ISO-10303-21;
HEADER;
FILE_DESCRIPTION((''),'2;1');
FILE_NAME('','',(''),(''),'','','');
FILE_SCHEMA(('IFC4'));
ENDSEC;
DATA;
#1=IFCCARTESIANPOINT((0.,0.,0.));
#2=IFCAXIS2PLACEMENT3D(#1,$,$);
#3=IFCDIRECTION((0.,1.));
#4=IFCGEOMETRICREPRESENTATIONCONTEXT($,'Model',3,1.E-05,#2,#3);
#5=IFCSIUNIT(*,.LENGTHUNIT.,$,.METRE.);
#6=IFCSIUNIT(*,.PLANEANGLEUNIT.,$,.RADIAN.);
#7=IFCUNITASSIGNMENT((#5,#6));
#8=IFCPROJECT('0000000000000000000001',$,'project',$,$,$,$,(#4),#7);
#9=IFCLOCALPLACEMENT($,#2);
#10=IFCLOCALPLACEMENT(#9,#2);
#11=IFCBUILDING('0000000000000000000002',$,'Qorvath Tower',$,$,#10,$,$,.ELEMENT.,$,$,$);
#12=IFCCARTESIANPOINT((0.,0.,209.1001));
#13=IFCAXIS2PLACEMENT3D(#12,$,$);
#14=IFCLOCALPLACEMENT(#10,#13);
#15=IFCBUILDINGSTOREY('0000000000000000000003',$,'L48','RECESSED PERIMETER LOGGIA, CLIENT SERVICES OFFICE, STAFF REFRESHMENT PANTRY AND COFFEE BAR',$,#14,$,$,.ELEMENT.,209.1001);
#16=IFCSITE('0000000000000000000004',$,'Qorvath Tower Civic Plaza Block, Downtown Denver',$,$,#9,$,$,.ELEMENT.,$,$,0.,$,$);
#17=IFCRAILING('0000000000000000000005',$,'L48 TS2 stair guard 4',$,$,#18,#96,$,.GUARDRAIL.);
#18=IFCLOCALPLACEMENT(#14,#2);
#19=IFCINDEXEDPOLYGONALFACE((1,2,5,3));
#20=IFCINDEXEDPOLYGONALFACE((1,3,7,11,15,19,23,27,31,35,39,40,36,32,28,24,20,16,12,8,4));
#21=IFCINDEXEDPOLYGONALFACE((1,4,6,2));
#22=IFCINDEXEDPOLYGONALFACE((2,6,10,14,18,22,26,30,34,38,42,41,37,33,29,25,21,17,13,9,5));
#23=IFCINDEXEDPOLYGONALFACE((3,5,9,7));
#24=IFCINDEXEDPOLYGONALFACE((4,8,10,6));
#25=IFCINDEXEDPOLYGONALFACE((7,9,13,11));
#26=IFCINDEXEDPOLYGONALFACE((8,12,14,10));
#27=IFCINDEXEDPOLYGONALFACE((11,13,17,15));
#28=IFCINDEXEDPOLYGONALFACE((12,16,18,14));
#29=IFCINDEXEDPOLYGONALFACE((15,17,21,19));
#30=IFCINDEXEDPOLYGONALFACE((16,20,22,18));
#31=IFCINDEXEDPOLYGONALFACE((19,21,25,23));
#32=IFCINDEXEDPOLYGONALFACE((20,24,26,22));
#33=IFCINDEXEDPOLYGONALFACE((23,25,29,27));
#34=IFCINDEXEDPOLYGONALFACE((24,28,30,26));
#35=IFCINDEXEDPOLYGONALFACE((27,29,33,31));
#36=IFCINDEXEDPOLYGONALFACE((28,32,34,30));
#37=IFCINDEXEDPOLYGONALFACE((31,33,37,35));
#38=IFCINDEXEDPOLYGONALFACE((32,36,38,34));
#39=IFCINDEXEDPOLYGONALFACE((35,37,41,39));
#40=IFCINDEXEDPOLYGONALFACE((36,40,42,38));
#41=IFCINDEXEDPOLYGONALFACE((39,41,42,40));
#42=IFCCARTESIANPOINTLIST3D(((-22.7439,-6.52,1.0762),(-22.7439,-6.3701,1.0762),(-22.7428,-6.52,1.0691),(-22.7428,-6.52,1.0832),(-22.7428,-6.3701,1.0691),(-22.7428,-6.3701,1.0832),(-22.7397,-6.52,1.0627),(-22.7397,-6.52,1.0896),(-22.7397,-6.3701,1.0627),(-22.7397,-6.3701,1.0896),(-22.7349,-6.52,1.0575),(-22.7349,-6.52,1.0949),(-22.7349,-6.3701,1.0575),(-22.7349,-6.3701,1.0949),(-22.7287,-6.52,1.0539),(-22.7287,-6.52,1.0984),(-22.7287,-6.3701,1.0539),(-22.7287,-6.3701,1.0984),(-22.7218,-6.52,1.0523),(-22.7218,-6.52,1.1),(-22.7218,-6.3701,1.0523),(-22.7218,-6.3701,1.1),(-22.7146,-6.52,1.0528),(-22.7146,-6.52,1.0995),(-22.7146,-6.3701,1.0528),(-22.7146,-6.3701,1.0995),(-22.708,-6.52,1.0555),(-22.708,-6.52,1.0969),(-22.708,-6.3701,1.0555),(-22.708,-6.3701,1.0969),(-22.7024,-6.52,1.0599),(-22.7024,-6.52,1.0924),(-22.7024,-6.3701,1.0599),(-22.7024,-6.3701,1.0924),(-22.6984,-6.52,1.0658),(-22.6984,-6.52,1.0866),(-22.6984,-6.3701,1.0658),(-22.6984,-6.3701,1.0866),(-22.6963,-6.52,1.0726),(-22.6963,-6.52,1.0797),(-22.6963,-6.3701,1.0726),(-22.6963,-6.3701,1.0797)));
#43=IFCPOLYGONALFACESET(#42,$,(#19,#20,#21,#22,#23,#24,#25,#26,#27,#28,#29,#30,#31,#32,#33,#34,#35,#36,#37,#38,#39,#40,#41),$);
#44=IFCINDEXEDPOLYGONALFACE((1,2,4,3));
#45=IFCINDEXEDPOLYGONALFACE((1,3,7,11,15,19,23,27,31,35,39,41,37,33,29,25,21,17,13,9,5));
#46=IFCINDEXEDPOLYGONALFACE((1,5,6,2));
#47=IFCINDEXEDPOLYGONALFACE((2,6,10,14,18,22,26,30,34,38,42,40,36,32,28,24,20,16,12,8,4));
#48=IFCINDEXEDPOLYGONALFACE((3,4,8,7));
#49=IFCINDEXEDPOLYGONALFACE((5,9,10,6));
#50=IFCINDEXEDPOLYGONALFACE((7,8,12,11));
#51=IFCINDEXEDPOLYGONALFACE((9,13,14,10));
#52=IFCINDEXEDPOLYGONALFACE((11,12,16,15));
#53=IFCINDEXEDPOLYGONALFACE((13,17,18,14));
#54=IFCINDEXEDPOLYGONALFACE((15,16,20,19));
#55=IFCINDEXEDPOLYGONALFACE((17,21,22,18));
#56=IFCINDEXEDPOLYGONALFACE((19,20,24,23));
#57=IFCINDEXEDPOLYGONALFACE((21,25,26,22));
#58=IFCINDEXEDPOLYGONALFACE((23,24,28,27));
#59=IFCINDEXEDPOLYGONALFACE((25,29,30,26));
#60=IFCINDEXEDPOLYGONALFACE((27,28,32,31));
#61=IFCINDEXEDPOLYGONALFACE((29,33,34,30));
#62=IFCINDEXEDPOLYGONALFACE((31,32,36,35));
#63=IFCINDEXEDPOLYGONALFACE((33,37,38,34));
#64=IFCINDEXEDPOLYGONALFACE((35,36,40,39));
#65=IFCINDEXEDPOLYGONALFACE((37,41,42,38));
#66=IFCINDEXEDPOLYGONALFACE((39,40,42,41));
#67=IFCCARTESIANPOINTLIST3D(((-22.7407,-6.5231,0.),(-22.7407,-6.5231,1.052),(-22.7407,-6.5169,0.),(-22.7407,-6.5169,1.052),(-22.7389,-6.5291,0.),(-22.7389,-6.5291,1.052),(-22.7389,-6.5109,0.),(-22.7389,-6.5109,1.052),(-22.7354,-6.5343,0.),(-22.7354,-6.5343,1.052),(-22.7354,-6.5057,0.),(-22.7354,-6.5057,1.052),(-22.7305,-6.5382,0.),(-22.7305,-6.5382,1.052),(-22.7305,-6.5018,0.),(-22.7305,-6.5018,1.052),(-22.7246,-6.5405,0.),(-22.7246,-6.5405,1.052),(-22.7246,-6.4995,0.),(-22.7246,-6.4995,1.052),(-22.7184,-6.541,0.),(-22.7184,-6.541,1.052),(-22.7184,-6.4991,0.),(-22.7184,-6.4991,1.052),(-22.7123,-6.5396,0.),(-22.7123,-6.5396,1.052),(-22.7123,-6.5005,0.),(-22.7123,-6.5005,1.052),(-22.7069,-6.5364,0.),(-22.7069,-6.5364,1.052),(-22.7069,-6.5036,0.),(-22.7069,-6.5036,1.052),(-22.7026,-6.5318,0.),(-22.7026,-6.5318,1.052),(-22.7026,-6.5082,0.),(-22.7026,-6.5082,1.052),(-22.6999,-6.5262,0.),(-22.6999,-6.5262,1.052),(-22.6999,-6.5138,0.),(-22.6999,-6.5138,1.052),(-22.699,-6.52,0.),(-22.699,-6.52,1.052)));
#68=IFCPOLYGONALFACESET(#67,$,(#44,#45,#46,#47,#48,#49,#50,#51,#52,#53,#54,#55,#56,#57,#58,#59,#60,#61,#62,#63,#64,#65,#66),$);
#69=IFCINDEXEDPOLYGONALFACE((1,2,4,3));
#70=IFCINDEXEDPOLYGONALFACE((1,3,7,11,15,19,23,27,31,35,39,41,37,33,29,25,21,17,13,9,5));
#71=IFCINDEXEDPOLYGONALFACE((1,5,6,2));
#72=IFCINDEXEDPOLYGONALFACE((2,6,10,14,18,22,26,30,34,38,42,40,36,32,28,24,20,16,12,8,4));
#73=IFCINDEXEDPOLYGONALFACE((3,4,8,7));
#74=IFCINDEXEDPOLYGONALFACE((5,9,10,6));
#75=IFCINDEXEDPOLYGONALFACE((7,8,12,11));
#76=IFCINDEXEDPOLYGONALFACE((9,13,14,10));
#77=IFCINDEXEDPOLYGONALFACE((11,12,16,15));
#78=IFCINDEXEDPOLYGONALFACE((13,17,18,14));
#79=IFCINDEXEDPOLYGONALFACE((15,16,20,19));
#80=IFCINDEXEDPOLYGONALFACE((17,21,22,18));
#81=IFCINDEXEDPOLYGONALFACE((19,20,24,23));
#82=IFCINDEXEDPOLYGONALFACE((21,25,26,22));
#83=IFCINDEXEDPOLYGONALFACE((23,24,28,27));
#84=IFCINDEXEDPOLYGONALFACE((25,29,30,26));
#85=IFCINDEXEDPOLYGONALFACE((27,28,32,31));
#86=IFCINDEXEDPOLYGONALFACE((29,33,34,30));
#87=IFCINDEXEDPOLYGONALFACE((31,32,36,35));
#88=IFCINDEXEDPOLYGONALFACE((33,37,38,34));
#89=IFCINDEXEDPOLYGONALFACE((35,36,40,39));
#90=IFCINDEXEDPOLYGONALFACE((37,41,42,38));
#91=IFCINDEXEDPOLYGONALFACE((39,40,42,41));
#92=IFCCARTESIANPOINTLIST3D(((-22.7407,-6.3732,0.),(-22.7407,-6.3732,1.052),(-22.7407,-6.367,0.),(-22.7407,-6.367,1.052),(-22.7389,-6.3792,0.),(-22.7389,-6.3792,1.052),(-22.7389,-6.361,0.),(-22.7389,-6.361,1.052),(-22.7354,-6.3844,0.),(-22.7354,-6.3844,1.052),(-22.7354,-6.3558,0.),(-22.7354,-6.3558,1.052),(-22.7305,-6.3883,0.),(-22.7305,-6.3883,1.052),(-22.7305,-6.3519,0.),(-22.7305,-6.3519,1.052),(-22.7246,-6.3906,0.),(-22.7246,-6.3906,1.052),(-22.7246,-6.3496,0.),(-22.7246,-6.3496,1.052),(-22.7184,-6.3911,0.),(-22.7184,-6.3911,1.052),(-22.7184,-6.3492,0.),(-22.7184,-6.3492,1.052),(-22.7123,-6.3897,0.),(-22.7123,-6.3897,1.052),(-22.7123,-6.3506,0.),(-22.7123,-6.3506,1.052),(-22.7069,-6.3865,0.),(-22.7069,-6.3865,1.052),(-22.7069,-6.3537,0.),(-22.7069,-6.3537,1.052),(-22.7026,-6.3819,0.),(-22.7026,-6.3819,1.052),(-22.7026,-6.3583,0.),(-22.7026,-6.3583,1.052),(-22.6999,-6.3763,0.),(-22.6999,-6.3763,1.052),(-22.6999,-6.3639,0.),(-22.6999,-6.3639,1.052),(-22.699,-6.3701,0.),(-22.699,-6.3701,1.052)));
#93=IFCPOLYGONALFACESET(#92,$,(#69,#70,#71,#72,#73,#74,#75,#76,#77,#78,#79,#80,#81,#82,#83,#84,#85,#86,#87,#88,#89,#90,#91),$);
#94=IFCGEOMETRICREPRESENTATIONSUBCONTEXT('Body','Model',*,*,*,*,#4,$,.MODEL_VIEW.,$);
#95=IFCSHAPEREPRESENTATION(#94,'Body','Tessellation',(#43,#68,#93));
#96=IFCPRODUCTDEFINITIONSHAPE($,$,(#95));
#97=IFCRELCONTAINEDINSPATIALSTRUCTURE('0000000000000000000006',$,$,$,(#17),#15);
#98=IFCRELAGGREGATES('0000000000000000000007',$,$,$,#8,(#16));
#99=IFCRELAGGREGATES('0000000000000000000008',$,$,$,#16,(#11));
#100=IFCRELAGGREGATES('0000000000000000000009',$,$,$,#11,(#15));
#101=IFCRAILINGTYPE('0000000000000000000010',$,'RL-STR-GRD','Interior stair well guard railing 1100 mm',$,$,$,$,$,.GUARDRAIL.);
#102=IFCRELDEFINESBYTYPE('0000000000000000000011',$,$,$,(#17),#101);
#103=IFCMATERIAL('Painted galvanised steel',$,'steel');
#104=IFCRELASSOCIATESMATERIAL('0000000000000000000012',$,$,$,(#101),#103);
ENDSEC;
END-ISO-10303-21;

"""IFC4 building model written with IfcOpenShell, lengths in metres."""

from ifc_helpers import new_model, si_unit, direction, frame, origin, origin_2d, place, context, subcontext, project, spatial, circle, extrude, material, type_object, element, save


model = new_model("IFC4")

# Units and contexts
model_context = context("Model", 3, precision=1e-05, world=origin(), true_north=direction((0.0, 1.0)))
body_context = subcontext(model_context, "Body", "Model", "MODEL_VIEW")
ifc_project = project(units=[si_unit("LENGTHUNIT", "METRE"), si_unit("PLANEANGLEUNIT", "RADIAN")], contexts=[model_context])

# Site, building, storey
site_placement = place(None, origin())
site = spatial("IfcSite", under=ifc_project, at=site_placement, Name="Qorvath Tower Civic Plaza Block, Downtown Denver", CompositionType="ELEMENT", RefElevation=0.0)
building_placement = place(site_placement, origin())
building = spatial("IfcBuilding", under=site, at=building_placement, Name="Qorvath Tower", CompositionType="ELEMENT")
storey_placement = place(building_placement, frame((0.0, 0.0, 209.1001)))
storey = spatial("IfcBuildingStorey", under=building, at=storey_placement, Name="L48", Description="RECESSED PERIMETER LOGGIA, CLIENT SERVICES OFFICE, STAFF REFRESHMENT PANTRY AND COFFEE BAR", CompositionType="ELEMENT", Elevation=209.1001)

# Railing
ifc_material_1 = material(Name="Painted galvanised steel", Category="steel")
railing_type_1 = type_object("IfcRailingType", Name="RL-STR-GRD", Description="Interior stair well guard railing 1100 mm", PredefinedType="GUARDRAIL", material=ifc_material_1)
railing_1_placement = place(storey_placement, frame((-22.72, -6.52, 0.0)))
element("IfcRailing", 1, at=railing_1_placement, inside=storey, type_object=railing_type_1, Name="L48 TS2 stair guard 4", PredefinedType="GUARDRAIL", context=body_context, shape_type="SweptSolid", body=[
    extrude(circle(Radius=0.0239, at=origin_2d()), frame((0.0, 0.0, 1.0762), z_axis=(0.0, 1.0, 0.0), x_axis=(-1.0, 0.0, 0.0)), (0.0, 0.0, 1.0), 0.1499),
    extrude(circle(Radius=0.021, at=origin_2d()), origin(), (0.0, 0.0, 1.0), 1.052),
    extrude(circle(Radius=0.021, at=origin_2d()), frame((0.0, 0.1499, 0.0)), (0.0, 0.0, 1.0), 1.052),
])

save(model, "model.ifc")
